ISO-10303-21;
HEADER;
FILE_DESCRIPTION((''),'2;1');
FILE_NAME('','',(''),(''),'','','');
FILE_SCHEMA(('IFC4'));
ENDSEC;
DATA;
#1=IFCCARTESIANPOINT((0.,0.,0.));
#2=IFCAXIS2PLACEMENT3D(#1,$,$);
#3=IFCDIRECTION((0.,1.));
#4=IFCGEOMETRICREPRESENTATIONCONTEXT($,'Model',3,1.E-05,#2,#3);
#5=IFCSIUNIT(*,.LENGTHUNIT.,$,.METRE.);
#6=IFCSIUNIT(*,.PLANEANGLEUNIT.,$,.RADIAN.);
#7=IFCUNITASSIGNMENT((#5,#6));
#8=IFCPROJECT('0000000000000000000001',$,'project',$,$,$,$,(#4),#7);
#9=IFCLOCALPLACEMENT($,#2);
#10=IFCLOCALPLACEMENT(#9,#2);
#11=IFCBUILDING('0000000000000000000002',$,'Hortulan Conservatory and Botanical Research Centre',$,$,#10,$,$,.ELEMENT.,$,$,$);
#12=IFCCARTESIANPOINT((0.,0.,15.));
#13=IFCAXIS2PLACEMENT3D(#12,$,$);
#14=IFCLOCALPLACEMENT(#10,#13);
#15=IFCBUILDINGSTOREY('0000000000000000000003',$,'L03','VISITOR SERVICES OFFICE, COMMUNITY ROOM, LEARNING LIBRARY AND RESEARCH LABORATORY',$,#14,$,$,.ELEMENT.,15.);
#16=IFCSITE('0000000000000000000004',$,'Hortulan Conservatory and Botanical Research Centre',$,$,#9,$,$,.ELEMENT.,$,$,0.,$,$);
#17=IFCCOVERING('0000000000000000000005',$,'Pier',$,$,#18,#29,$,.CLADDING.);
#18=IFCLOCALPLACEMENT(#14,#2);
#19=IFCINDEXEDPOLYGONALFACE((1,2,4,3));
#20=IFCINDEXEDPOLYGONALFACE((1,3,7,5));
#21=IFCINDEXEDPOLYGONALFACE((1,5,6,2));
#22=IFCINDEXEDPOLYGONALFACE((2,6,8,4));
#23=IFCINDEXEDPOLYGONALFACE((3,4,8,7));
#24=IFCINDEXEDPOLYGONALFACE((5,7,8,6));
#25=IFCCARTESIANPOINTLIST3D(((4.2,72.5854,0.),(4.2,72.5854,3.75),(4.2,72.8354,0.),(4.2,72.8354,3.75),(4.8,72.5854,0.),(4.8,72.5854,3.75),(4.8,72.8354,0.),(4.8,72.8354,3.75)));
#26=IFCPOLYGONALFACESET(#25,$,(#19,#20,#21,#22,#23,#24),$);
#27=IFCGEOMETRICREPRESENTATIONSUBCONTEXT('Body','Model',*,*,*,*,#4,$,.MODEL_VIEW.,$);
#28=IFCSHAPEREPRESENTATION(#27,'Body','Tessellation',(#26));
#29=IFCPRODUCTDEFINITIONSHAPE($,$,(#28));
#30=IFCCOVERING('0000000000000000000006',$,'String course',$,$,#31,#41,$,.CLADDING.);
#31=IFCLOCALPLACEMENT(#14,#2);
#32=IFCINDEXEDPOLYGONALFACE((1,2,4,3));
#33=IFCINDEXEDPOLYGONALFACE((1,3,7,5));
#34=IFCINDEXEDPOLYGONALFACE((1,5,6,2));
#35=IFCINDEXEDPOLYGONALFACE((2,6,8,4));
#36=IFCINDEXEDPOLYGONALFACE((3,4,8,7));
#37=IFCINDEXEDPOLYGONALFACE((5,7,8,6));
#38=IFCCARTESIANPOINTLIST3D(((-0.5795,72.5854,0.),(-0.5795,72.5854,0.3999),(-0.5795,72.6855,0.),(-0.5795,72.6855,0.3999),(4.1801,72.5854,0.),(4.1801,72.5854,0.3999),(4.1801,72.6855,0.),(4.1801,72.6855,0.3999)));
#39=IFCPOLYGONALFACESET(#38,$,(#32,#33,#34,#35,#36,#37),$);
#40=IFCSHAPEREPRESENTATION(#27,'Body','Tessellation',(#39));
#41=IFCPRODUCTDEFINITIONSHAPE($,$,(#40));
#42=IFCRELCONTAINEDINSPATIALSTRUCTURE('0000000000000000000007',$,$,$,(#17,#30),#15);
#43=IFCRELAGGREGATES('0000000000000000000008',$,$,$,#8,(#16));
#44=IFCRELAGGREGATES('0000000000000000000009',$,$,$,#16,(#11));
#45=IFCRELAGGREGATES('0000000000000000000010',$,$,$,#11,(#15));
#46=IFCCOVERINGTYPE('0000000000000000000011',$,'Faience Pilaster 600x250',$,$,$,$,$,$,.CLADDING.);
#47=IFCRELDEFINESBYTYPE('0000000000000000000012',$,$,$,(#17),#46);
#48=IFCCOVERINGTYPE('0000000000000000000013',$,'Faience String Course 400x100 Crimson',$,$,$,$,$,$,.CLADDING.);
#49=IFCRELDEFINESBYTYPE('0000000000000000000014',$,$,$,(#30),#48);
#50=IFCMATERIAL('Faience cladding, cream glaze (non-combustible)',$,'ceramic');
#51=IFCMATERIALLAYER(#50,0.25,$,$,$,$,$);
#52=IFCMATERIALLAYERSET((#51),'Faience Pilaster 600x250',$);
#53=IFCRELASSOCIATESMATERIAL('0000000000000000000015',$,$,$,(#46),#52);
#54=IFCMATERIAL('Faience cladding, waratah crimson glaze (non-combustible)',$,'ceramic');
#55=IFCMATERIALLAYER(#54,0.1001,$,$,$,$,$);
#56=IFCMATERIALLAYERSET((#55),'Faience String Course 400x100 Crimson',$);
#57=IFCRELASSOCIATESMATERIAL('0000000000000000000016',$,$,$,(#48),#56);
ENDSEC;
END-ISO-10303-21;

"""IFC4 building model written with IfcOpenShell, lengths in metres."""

from ifc_helpers import new_model, si_unit, direction, frame, origin, origin_2d, place, context, subcontext, project, spatial, rectangle, extrude, material, layer, layer_set, type_object, element, save


model = new_model("IFC4")

# Units and contexts
model_context = context("Model", 3, precision=1e-05, world=origin(), true_north=direction((0.0, 1.0)))
body_context = subcontext(model_context, "Body", "Model", "MODEL_VIEW")
ifc_project = project(units=[si_unit("LENGTHUNIT", "METRE"), si_unit("PLANEANGLEUNIT", "RADIAN")], contexts=[model_context])

# Site, building, storey
site_placement = place(None, origin())
site = spatial("IfcSite", under=ifc_project, at=site_placement, Name="Hortulan Conservatory and Botanical Research Centre", CompositionType="ELEMENT", RefElevation=0.0)
building_placement = place(site_placement, origin())
building = spatial("IfcBuilding", under=site, at=building_placement, Name="Hortulan Conservatory and Botanical Research Centre", CompositionType="ELEMENT")
storey_placement = place(building_placement, frame((0.0, 0.0, 15.0)))
storey = spatial("IfcBuildingStorey", under=building, at=storey_placement, Name="L03", Description="VISITOR SERVICES OFFICE, COMMUNITY ROOM, LEARNING LIBRARY AND RESEARCH LABORATORY", CompositionType="ELEMENT", Elevation=15.0)

# Coverings
ifc_material_1 = material(Name="Faience cladding, cream glaze (non-combustible)", Category="ceramic")
ifc_layer_1 = layer(ifc_material_1, 0.25)
ifc_layer_set_1 = layer_set([ifc_layer_1], Name="Faience Pilaster 600x250")
covering_type_1 = type_object("IfcCoveringType", Name="Faience Pilaster 600x250", PredefinedType="CLADDING", material=ifc_layer_set_1)
covering_1_placement = place(storey_placement, frame((4.5, 72.7104, 0.0), z_axis=(0.0, 0.0, 1.0), x_axis=(1.0, 0.0, 0.0)))
element("IfcCovering", 1, at=covering_1_placement, inside=storey, type_object=covering_type_1, Name="Pier", PredefinedType="CLADDING", context=body_context, shape_type="SweptSolid", body=[
    extrude(rectangle(XDim=0.6001, YDim=0.25, at=origin_2d()), origin(), (0.0, 0.0, 1.0), 3.75),
])
ifc_material_2 = material(Name="Faience cladding, waratah crimson glaze (non-combustible)", Category="ceramic")
ifc_layer_2 = layer(ifc_material_2, 0.1001)
ifc_layer_set_2 = layer_set([ifc_layer_2], Name="Faience String Course 400x100 Crimson")
covering_type_2 = type_object("IfcCoveringType", Name="Faience String Course 400x100 Crimson", PredefinedType="CLADDING", material=ifc_layer_set_2)
covering_2_placement = place(storey_placement, frame((1.8003, 72.6355, 0.0), z_axis=(0.0, 0.0, 1.0), x_axis=(1.0, 0.0, 0.0)))
element("IfcCovering", 2, at=covering_2_placement, inside=storey, type_object=covering_type_2, Name="String course", PredefinedType="CLADDING", context=body_context, shape_type="SweptSolid", body=[
    extrude(rectangle(XDim=4.7595, YDim=0.1001, at=origin_2d()), origin(), (0.0, 0.0, 1.0), 0.3999),
])

save(model, "model.ifc")
